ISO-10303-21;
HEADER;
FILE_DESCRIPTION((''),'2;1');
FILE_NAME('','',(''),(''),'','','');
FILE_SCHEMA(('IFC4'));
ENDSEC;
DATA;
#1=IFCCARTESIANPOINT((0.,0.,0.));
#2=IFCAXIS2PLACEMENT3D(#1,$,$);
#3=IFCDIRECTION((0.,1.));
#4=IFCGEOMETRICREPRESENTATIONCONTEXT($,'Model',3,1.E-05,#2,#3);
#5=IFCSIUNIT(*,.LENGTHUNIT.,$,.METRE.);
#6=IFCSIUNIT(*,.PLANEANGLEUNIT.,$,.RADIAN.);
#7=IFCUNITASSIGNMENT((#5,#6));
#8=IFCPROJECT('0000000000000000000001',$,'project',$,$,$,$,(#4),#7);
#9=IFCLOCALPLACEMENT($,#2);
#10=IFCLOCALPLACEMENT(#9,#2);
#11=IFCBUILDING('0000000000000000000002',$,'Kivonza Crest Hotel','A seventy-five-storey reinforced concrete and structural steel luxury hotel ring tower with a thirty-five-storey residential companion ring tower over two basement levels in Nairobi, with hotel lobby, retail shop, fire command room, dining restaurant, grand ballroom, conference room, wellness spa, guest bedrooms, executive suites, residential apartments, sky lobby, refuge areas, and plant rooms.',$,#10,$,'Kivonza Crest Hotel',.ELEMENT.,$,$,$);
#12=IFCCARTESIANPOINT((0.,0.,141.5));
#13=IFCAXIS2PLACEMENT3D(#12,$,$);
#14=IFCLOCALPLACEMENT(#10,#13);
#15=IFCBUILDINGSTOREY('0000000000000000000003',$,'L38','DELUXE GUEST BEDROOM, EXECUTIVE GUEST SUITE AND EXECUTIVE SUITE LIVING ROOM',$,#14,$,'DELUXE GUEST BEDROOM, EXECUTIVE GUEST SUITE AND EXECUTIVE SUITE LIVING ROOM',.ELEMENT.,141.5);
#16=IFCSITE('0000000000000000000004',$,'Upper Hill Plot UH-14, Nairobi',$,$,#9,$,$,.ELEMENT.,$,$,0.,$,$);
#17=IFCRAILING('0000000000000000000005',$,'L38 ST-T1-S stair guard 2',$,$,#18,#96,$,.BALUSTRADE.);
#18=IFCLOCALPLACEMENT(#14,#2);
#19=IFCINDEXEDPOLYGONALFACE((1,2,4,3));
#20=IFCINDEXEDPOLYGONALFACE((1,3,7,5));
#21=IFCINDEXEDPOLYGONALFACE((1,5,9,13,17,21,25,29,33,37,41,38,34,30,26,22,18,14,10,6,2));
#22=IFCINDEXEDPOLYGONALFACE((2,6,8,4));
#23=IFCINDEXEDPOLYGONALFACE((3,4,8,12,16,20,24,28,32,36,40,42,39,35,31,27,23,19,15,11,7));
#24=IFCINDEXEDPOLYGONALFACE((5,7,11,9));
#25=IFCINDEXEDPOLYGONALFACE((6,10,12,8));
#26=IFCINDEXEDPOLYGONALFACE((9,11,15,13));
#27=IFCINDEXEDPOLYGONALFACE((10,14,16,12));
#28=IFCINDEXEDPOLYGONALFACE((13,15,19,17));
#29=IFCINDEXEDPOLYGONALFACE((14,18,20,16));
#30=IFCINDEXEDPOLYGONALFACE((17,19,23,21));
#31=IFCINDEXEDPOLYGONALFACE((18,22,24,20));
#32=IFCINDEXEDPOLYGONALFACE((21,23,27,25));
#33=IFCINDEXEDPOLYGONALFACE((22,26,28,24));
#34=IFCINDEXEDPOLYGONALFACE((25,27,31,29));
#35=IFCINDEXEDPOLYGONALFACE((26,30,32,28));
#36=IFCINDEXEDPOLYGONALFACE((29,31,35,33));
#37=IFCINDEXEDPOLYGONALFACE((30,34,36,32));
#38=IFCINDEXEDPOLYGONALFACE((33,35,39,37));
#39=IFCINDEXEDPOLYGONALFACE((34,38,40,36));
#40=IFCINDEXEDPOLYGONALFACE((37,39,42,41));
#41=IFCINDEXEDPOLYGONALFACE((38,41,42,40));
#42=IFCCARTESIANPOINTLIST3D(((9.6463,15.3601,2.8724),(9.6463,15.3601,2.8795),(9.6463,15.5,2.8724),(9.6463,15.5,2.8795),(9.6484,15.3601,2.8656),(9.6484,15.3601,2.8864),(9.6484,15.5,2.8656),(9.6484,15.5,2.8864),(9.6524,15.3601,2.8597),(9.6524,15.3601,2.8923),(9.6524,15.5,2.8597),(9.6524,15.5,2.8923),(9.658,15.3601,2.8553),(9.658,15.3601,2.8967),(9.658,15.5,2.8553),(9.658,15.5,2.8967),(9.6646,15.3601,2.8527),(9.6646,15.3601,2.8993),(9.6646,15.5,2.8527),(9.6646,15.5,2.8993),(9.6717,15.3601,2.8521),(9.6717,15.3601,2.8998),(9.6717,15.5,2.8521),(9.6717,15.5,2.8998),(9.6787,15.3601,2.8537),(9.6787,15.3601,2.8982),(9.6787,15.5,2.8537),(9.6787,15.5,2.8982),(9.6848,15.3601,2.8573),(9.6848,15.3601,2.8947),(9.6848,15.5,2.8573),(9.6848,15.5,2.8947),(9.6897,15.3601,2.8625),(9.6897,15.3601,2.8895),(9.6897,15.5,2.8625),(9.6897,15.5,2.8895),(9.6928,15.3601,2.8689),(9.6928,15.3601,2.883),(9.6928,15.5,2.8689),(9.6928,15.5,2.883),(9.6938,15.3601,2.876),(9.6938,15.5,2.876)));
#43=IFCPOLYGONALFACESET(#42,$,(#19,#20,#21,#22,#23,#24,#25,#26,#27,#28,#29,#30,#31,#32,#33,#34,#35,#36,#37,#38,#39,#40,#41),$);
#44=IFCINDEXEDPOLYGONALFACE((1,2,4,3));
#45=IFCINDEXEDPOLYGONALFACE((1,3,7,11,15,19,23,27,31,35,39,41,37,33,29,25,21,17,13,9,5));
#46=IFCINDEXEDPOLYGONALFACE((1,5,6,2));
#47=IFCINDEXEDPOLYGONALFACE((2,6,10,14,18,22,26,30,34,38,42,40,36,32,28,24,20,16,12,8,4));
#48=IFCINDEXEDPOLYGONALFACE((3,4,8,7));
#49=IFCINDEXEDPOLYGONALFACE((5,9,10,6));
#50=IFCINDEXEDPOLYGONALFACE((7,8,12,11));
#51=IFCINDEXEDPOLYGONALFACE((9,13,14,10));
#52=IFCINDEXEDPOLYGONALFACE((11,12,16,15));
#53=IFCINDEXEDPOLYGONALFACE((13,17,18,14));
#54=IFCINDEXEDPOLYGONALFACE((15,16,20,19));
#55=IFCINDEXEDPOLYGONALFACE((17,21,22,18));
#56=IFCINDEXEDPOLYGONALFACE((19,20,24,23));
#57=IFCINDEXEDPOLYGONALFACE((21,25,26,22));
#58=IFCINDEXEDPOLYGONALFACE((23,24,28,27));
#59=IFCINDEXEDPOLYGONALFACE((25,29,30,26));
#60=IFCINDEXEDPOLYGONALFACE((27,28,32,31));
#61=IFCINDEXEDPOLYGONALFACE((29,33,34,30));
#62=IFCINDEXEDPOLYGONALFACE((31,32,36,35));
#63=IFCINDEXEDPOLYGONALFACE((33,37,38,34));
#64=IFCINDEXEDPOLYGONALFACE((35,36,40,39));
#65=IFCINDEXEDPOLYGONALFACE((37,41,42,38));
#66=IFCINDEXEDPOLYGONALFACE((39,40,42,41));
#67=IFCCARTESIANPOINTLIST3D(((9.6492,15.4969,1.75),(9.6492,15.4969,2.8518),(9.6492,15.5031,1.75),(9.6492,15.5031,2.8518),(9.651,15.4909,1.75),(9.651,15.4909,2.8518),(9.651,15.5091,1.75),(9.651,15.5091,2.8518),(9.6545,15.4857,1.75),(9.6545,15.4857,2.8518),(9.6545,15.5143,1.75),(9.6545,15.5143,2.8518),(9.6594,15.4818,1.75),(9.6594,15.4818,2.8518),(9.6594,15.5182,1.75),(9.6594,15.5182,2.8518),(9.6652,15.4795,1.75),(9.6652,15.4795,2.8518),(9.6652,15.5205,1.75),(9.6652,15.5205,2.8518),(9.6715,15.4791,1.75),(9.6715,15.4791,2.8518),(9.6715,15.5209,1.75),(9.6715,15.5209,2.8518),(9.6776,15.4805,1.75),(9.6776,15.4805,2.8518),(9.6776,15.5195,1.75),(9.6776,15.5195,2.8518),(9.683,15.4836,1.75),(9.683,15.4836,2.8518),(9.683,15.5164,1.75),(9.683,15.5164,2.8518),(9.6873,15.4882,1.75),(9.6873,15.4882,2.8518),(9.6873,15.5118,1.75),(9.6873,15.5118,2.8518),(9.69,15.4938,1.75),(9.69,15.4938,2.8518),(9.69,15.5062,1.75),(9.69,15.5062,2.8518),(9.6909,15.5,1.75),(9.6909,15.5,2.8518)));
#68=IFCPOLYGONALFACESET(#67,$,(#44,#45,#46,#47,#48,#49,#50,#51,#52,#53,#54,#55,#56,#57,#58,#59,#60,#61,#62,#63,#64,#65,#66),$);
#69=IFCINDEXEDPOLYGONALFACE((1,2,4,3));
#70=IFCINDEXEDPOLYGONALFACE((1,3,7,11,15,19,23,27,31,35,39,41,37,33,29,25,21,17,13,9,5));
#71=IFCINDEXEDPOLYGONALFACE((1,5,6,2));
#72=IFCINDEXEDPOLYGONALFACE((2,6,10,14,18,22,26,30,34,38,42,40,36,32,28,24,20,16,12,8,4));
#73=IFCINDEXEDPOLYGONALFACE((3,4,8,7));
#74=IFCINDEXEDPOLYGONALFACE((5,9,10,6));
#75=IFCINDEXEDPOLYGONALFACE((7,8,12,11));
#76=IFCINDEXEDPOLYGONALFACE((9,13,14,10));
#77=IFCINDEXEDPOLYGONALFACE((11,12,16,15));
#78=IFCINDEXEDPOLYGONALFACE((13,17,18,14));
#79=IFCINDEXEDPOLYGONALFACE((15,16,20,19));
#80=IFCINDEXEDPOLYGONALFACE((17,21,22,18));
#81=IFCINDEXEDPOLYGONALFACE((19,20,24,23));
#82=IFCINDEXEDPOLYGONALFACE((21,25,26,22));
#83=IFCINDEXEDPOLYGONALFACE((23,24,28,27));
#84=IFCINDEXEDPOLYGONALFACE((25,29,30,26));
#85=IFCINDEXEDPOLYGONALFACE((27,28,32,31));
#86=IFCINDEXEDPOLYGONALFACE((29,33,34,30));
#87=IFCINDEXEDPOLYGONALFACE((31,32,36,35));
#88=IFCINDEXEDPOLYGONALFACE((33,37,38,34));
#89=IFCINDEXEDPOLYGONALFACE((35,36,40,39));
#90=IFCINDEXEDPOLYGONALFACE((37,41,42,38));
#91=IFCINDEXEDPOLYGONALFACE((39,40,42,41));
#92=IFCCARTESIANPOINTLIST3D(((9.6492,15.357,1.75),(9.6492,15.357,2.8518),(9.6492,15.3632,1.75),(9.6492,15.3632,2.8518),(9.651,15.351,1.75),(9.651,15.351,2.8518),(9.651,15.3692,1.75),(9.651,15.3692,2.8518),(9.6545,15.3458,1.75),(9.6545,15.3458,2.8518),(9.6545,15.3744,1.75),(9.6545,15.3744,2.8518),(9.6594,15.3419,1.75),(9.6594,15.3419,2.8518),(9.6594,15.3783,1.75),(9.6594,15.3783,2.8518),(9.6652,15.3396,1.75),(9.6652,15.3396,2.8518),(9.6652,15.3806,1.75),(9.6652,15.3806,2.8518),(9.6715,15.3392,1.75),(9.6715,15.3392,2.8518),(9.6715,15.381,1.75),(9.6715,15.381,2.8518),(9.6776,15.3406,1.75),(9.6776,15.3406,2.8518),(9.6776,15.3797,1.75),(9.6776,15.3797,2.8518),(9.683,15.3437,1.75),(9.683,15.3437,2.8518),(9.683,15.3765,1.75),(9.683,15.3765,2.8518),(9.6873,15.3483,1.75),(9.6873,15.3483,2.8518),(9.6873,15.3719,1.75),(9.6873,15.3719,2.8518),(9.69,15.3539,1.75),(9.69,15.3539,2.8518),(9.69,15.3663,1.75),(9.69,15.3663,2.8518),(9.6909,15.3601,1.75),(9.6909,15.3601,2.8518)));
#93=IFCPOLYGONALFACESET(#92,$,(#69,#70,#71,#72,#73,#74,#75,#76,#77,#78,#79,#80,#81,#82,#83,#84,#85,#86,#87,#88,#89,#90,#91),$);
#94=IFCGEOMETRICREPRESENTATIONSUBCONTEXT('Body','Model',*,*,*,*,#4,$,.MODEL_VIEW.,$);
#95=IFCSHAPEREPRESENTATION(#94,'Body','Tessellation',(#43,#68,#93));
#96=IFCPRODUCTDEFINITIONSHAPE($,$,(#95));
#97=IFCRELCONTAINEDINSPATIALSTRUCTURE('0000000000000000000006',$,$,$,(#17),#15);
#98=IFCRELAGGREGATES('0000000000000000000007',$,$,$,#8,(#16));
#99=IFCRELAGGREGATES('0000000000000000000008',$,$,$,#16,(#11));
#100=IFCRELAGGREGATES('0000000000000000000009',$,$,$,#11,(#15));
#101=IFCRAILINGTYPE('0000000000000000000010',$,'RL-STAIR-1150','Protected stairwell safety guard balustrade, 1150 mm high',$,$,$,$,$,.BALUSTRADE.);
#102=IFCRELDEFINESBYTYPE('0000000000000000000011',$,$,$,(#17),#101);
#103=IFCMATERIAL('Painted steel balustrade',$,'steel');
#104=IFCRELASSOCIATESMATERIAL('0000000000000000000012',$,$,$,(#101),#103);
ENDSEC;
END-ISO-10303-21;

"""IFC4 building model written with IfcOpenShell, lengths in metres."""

from ifc_helpers import new_model, si_unit, direction, frame, origin, origin_2d, place, context, subcontext, project, spatial, circle, extrude, material, type_object, element, save


model = new_model("IFC4")

# Units and contexts
model_context = context("Model", 3, precision=1e-05, world=origin(), true_north=direction((0.0, 1.0)))
body_context = subcontext(model_context, "Body", "Model", "MODEL_VIEW")
ifc_project = project(units=[si_unit("LENGTHUNIT", "METRE"), si_unit("PLANEANGLEUNIT", "RADIAN")], contexts=[model_context])

# Site, building, storey
site_placement = place(None, origin())
site = spatial("IfcSite", under=ifc_project, at=site_placement, Name="Upper Hill Plot UH-14, Nairobi", CompositionType="ELEMENT", RefElevation=0.0)
building_placement = place(site_placement, origin())
building = spatial("IfcBuilding", under=site, at=building_placement, Name="Kivonza Crest Hotel", Description="A seventy-five-storey reinforced concrete and structural steel luxury hotel ring tower with a thirty-five-storey residential companion ring tower over two basement levels in Nairobi, with hotel lobby, retail shop, fire command room, dining restaurant, grand ballroom, conference room, wellness spa, guest bedrooms, executive suites, residential apartments, sky lobby, refuge areas, and plant rooms.", LongName="Kivonza Crest Hotel", CompositionType="ELEMENT")
storey_placement = place(building_placement, frame((0.0, 0.0, 141.5)))
storey = spatial("IfcBuildingStorey", under=building, at=storey_placement, Name="L38", Description="DELUXE GUEST BEDROOM, EXECUTIVE GUEST SUITE AND EXECUTIVE SUITE LIVING ROOM", LongName="DELUXE GUEST BEDROOM, EXECUTIVE GUEST SUITE AND EXECUTIVE SUITE LIVING ROOM", CompositionType="ELEMENT", Elevation=141.5)

# Railing
ifc_material_1 = material(Name="Painted steel balustrade", Category="steel")
railing_type_1 = type_object("IfcRailingType", Name="RL-STAIR-1150", Description="Protected stairwell safety guard balustrade, 1150 mm high", PredefinedType="BALUSTRADE", material=ifc_material_1)
railing_1_placement = place(storey_placement, frame((9.6699, 15.5, 1.75)))
element("IfcRailing", 1, at=railing_1_placement, inside=storey, type_object=railing_type_1, Name="L38 ST-T1-S stair guard 2", PredefinedType="BALUSTRADE", context=body_context, shape_type="SweptSolid", body=[
    extrude(circle(Radius=0.0239, at=origin_2d()), frame((0.0, 0.0, 1.126), z_axis=(0.0, -1.0, 0.0), x_axis=(1.0, 0.0, 0.0)), (0.0, 0.0, 1.0), 0.1399),
    extrude(circle(Radius=0.021, at=origin_2d()), origin(), (0.0, 0.0, 1.0), 1.1018),
    extrude(circle(Radius=0.021, at=origin_2d()), frame((0.0, -0.1399, 0.0)), (0.0, 0.0, 1.0), 1.1018),
])

save(model, "model.ifc")
